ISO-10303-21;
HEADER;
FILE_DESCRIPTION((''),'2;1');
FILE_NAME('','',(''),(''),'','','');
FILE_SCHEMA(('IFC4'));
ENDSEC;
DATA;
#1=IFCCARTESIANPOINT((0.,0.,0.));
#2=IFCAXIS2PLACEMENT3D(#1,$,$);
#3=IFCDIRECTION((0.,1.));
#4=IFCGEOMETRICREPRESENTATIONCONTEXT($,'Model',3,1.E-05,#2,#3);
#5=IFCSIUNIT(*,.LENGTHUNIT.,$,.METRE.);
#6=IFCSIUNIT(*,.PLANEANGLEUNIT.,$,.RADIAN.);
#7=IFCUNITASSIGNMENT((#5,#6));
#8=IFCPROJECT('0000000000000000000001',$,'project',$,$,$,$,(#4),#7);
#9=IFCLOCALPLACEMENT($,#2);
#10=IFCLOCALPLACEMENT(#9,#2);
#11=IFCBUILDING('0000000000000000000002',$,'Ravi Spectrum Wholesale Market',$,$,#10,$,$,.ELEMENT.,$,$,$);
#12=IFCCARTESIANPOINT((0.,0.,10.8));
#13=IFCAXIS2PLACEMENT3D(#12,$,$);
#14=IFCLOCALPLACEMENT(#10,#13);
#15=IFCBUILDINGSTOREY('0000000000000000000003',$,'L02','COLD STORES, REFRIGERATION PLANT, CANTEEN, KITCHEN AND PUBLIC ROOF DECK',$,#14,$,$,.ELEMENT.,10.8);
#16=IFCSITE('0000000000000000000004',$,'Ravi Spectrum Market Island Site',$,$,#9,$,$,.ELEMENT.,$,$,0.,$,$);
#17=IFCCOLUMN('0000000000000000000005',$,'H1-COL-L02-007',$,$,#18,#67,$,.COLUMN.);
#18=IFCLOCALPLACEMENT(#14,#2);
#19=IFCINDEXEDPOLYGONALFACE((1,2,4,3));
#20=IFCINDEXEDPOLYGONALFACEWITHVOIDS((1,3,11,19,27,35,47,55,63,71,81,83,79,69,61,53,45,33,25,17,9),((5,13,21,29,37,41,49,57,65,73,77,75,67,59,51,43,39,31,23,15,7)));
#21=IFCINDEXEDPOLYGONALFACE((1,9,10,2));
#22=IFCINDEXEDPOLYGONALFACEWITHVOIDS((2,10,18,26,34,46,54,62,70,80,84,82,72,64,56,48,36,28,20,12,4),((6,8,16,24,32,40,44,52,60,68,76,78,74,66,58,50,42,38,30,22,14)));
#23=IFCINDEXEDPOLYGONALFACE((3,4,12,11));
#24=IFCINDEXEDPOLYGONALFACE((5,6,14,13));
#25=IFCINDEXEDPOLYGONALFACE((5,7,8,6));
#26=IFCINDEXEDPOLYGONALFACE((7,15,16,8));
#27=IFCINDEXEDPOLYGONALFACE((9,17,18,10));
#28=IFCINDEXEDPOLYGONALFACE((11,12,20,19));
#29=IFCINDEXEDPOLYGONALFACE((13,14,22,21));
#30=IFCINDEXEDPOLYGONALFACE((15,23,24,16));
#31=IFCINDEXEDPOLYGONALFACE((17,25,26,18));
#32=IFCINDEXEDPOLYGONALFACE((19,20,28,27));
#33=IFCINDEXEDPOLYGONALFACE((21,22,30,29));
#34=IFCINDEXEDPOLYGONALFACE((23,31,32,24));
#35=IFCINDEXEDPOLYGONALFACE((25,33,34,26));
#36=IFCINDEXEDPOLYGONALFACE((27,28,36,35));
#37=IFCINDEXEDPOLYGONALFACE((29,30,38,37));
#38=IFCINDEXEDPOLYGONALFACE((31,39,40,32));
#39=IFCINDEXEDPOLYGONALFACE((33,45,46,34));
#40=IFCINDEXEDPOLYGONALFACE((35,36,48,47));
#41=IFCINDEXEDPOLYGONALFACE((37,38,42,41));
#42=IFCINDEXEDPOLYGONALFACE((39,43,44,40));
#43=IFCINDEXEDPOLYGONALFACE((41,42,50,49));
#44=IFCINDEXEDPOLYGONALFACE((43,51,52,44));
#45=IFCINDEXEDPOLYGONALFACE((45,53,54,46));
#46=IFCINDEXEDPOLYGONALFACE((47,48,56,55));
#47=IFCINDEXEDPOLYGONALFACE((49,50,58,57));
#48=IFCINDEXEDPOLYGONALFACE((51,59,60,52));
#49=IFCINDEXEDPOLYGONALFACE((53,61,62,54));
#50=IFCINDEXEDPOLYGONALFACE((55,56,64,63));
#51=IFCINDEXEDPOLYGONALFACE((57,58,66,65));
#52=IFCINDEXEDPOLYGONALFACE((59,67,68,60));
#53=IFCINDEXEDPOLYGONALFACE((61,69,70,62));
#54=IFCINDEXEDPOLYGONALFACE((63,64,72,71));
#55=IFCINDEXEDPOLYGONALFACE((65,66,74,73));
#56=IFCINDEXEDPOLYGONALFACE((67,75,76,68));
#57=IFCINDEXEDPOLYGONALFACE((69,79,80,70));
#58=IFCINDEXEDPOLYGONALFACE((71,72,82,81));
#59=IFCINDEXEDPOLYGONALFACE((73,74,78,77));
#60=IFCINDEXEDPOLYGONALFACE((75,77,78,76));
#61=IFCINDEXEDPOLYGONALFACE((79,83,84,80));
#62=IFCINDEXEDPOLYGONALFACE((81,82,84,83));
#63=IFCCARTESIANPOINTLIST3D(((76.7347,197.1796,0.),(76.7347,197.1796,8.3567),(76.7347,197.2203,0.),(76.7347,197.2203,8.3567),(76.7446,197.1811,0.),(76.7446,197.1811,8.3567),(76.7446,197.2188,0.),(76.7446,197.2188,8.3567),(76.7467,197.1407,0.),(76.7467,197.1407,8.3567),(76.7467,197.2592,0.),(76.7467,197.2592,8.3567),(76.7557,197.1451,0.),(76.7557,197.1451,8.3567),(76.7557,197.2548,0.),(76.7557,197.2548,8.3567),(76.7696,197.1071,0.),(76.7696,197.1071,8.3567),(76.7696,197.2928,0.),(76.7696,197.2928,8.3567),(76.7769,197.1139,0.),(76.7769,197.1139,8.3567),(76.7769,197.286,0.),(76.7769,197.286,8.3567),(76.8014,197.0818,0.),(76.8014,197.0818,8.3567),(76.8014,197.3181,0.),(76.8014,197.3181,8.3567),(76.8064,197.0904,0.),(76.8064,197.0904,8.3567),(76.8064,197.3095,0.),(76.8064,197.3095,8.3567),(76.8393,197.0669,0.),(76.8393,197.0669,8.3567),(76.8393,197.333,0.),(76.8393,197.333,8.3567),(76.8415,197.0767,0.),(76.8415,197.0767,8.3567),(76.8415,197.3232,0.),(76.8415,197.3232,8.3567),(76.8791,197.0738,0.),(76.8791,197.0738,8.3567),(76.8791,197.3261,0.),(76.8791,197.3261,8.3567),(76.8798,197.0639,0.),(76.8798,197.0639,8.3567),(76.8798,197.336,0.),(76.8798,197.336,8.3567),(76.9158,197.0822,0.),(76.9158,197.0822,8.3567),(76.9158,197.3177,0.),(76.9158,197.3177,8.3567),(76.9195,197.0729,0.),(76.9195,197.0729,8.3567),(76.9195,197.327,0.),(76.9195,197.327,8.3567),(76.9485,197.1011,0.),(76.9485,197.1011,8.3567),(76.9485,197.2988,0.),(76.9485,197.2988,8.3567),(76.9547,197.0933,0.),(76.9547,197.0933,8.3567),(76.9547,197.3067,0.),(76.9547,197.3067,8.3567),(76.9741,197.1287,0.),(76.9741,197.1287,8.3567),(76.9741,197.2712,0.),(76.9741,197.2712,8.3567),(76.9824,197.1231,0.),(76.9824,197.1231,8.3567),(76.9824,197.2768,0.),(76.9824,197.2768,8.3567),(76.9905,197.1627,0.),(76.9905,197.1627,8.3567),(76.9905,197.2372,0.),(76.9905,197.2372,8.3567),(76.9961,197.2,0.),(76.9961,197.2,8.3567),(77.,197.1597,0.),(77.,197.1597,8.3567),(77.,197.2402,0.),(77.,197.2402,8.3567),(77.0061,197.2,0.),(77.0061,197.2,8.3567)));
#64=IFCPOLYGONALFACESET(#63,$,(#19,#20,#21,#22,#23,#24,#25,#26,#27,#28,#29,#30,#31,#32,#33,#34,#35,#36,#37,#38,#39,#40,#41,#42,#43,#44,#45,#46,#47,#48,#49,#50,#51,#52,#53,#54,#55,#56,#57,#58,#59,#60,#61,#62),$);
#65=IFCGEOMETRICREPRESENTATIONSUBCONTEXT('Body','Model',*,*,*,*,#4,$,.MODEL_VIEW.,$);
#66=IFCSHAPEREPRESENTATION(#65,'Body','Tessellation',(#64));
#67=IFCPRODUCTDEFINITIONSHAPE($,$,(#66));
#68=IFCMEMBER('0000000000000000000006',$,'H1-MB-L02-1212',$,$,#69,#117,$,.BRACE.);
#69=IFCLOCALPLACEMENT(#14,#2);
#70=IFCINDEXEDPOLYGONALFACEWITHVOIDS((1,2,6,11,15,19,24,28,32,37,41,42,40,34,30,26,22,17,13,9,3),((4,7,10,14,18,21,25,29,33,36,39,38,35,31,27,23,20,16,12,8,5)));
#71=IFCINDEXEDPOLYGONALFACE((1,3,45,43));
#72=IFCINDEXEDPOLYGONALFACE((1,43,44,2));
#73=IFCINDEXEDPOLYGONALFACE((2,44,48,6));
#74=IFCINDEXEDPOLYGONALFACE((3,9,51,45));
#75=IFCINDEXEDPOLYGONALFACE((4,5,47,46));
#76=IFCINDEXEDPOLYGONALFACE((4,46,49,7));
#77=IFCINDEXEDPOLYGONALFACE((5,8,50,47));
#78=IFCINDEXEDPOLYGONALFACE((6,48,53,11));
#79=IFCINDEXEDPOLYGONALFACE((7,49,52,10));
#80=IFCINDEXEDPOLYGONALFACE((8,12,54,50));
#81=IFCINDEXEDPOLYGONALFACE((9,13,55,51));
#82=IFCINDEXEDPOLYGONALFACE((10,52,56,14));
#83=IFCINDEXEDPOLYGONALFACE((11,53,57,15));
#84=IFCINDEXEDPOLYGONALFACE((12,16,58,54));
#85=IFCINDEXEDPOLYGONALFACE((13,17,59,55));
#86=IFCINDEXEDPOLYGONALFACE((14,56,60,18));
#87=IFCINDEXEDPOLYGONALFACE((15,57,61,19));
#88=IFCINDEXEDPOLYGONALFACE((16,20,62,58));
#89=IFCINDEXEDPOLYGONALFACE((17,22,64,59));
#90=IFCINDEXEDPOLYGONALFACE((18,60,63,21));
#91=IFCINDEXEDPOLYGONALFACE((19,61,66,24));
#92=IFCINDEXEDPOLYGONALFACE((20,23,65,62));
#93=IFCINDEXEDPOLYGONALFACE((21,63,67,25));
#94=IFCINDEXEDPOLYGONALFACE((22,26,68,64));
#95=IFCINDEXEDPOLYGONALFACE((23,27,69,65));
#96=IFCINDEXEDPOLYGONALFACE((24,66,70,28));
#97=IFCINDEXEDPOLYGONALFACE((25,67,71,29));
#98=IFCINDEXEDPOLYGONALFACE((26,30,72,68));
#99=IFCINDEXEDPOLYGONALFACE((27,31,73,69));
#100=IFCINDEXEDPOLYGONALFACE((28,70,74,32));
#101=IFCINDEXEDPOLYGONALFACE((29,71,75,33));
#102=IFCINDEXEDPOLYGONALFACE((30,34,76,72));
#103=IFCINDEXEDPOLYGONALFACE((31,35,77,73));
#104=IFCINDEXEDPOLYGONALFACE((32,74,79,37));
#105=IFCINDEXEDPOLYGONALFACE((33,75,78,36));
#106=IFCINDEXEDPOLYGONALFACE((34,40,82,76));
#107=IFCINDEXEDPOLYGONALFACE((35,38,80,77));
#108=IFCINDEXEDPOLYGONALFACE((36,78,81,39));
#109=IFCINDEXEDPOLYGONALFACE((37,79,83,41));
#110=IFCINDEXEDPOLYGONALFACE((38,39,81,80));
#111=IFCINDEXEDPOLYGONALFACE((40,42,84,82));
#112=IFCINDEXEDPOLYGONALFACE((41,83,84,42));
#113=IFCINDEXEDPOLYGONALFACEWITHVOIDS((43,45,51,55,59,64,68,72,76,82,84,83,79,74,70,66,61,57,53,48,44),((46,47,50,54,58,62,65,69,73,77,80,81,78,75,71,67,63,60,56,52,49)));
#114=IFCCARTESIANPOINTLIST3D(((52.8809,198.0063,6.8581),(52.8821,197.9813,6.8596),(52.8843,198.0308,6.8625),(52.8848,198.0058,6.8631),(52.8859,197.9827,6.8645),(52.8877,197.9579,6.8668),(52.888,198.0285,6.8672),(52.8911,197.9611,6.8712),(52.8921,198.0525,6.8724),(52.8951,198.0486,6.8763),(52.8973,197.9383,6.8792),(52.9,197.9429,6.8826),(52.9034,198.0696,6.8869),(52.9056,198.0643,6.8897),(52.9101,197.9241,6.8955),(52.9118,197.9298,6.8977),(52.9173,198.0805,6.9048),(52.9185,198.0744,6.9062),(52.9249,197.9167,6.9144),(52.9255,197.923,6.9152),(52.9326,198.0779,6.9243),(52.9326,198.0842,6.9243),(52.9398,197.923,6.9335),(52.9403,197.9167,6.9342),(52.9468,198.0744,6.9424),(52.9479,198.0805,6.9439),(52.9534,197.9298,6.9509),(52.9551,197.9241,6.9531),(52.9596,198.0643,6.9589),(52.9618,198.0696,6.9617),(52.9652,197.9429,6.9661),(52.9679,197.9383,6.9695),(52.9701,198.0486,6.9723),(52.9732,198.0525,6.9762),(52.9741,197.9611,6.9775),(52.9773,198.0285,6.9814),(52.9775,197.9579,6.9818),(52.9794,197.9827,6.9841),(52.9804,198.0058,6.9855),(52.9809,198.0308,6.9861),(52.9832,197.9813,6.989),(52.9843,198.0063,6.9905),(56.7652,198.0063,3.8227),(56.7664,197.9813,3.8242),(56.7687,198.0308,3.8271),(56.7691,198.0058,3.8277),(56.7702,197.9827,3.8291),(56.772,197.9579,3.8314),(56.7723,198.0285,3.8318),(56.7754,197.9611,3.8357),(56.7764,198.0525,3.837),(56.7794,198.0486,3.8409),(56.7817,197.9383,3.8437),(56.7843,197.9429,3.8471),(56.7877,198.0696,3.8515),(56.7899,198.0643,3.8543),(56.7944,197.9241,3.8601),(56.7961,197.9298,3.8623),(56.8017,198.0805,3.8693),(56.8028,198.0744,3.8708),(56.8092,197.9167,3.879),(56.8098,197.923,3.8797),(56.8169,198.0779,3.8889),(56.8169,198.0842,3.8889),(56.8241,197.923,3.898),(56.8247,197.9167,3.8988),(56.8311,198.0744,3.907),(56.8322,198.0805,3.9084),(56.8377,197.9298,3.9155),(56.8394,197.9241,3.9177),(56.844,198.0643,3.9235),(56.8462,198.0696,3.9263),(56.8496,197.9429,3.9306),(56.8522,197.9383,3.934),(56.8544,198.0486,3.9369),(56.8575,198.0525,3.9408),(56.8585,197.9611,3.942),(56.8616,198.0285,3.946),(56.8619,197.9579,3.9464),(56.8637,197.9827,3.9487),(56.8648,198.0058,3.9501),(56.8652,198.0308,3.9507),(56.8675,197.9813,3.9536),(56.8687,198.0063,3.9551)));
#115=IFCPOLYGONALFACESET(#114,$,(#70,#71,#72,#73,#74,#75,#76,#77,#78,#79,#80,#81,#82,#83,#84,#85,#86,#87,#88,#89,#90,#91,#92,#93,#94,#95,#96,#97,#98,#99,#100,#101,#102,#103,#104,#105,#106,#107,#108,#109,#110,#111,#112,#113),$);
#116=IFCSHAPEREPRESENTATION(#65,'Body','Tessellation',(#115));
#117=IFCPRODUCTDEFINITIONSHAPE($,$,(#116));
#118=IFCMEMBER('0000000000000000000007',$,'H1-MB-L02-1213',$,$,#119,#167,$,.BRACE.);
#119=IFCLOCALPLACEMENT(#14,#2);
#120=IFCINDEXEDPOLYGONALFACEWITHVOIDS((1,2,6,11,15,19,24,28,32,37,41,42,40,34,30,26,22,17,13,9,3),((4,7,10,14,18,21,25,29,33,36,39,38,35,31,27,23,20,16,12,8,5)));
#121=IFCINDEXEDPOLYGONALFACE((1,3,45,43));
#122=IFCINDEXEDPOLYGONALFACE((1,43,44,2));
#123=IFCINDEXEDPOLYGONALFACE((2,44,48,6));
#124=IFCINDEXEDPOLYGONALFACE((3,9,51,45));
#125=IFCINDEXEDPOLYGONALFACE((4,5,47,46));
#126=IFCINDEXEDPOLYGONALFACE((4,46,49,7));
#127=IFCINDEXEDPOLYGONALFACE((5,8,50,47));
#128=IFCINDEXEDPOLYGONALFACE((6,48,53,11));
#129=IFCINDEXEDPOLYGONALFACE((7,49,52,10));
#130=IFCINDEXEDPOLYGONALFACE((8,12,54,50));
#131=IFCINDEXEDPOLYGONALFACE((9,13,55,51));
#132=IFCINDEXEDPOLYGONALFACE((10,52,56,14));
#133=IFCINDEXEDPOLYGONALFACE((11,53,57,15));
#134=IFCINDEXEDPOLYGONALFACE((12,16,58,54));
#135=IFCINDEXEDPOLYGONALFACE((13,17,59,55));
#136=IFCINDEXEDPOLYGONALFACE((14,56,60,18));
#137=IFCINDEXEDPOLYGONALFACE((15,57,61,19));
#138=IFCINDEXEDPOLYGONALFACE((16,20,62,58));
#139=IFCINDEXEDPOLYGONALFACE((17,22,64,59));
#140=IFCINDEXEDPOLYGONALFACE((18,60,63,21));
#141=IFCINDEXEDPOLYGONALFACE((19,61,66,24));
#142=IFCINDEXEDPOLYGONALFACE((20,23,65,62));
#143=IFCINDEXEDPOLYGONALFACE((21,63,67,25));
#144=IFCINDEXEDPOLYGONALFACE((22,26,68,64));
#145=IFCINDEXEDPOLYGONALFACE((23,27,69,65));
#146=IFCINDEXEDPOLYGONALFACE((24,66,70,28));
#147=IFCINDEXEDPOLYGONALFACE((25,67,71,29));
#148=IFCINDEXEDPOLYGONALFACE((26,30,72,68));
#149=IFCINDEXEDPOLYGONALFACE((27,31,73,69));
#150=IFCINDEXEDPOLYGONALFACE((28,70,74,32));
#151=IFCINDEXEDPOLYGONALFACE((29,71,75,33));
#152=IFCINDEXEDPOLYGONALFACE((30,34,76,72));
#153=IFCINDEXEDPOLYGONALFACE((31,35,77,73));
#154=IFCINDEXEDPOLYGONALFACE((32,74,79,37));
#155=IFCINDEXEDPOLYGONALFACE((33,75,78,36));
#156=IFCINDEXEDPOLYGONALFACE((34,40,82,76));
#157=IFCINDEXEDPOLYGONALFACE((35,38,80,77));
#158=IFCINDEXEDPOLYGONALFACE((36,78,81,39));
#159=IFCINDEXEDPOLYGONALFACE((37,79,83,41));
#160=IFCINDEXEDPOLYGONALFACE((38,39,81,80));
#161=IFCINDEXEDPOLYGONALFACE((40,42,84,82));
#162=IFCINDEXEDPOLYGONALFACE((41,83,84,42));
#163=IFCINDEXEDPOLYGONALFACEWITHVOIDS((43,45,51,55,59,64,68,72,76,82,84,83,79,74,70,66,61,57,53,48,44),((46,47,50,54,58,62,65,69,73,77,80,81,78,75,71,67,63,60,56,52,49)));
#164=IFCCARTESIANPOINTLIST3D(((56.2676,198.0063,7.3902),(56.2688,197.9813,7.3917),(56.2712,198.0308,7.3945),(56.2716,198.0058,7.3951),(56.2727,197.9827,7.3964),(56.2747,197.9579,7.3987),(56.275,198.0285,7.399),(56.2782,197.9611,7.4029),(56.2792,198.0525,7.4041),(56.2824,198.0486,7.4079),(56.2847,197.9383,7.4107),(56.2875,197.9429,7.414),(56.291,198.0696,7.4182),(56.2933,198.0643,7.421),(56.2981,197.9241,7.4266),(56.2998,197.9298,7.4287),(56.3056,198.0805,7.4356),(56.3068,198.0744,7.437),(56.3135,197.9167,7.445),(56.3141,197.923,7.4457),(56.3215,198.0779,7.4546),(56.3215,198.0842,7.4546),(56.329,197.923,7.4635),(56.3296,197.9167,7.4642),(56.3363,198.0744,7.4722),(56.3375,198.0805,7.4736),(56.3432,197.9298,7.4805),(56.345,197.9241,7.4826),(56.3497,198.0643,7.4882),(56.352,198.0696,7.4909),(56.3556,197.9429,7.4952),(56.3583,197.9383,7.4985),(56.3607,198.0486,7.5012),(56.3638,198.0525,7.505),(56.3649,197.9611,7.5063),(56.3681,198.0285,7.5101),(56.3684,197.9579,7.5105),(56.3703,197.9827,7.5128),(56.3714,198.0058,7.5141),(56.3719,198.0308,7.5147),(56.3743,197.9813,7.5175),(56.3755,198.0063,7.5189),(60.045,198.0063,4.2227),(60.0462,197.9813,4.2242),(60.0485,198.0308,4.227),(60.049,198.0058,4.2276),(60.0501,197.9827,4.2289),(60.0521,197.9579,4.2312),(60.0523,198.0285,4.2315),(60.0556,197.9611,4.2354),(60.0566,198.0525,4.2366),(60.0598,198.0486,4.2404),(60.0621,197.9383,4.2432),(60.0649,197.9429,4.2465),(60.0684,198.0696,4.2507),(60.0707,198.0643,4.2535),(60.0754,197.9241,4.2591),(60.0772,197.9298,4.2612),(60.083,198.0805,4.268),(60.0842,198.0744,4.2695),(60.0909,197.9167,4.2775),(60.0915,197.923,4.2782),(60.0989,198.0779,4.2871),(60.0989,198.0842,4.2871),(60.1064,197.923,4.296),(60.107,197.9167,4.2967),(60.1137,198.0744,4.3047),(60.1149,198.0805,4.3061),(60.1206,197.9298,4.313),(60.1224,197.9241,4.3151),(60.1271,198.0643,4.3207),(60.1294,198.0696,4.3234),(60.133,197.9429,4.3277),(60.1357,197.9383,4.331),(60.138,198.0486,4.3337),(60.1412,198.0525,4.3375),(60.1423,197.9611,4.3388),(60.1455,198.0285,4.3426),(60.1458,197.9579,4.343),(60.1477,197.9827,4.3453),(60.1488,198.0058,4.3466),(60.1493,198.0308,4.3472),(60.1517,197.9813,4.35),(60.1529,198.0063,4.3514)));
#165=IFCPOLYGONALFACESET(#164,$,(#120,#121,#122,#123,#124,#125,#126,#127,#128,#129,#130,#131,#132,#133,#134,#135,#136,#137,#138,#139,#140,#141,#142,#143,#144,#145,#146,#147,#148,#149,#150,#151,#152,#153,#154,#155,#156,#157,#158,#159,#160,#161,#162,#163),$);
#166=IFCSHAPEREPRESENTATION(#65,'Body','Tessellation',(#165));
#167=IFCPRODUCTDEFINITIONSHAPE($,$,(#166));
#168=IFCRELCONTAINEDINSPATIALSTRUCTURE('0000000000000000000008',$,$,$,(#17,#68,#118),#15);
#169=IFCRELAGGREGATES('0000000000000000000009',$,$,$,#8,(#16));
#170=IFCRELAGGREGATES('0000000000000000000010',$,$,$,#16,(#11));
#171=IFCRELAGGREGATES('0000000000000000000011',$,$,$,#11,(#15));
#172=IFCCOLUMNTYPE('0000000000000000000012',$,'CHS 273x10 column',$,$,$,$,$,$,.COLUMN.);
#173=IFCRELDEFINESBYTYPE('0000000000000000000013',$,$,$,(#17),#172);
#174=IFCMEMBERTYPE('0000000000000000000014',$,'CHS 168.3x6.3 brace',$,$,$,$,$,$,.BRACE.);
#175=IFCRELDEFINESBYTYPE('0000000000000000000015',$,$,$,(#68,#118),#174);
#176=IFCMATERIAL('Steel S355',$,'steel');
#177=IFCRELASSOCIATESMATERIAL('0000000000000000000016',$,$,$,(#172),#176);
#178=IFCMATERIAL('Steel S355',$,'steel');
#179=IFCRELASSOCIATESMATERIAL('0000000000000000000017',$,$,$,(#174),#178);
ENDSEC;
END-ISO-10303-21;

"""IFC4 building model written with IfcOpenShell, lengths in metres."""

from ifc_helpers import new_model, si_unit, direction, frame, origin, origin_2d, place, context, subcontext, project, spatial, hollow_circle, extrude, material, material_profile, profile_set, type_object, element, save


model = new_model("IFC4")

# Units and contexts
model_context = context("Model", 3, precision=1e-05, world=origin(), true_north=direction((0.0, 1.0)))
body_context = subcontext(model_context, "Body", "Model", "MODEL_VIEW")
ifc_project = project(units=[si_unit("LENGTHUNIT", "METRE"), si_unit("PLANEANGLEUNIT", "RADIAN")], contexts=[model_context])

# Site, building, storey
site_placement = place(None, origin())
site = spatial("IfcSite", under=ifc_project, at=site_placement, Name="Ravi Spectrum Market Island Site", CompositionType="ELEMENT", RefElevation=0.0)
building_placement = place(site_placement, origin())
building = spatial("IfcBuilding", under=site, at=building_placement, Name="Ravi Spectrum Wholesale Market", CompositionType="ELEMENT")
storey_placement = place(building_placement, frame((0.0, 0.0, 10.8)))
storey = spatial("IfcBuildingStorey", under=building, at=storey_placement, Name="L02", Description="COLD STORES, REFRIGERATION PLANT, CANTEEN, KITCHEN AND PUBLIC ROOF DECK", CompositionType="ELEMENT", Elevation=10.8)

# Column
ifc_material_1 = material(Name="Steel S355", Category="steel")
ifc_material_profile_1 = material_profile(ifc_material_1, hollow_circle(Radius=0.1365, WallThickness=0.01, at=origin_2d()))
ifc_profile_set_1 = profile_set([ifc_material_profile_1], Name="Steel S355")
column_type = type_object("IfcColumnType", Name="CHS 273x10 column", PredefinedType="COLUMN", material=ifc_profile_set_1)
column_placement = place(storey_placement, frame((76.8696, 197.2, 0.0), z_axis=(0.0, 0.0, 1.0), x_axis=(1.0, 0.0, 0.0)))
element("IfcColumn", 1, at=column_placement, inside=storey, type_object=column_type, Name="H1-COL-L02-007", PredefinedType="COLUMN", context=body_context, shape_type="SweptSolid", body=[
    extrude(hollow_circle(Radius=0.1365, WallThickness=0.01, at=origin_2d()), origin(), (0.0, 0.0, 1.0), 8.3567),
])

# Members
ifc_material_2 = material(Name="Steel S355", Category="steel")
ifc_material_profile_2 = material_profile(ifc_material_2, hollow_circle(Radius=0.0842, WallThickness=0.0063, at=origin_2d()))
ifc_profile_set_2 = profile_set([ifc_material_profile_2], Name="Steel S355")
member_type_1 = type_object("IfcMemberType", Name="CHS 168.3x6.3 brace", PredefinedType="BRACE", material=ifc_profile_set_2)
for number, where, z_axis, x_axis, name in (
    (2, (52.9326, 198.0, 6.9243), (0.787945, 0.0, -0.615746), (0.0, 1.0, 0.0), "H1-MB-L02-1212"),
    (3, (56.3215, 198.0, 7.4546), (0.766253, 0.0, -0.642539), (0.0, 1.0, 0.0), "H1-MB-L02-1213"),
):
    element("IfcMember", number, at=place(storey_placement, frame(where, z_axis=z_axis, x_axis=x_axis)), inside=storey, type_object=member_type_1, Name=name, PredefinedType="BRACE", context=body_context, shape_type="SweptSolid", body=[
        extrude(hollow_circle(Radius=0.0842, WallThickness=0.0063, at=origin_2d()), origin(), (0.0, 0.0, 1.0), 4.9297),
    ])

save(model, "model.ifc")
